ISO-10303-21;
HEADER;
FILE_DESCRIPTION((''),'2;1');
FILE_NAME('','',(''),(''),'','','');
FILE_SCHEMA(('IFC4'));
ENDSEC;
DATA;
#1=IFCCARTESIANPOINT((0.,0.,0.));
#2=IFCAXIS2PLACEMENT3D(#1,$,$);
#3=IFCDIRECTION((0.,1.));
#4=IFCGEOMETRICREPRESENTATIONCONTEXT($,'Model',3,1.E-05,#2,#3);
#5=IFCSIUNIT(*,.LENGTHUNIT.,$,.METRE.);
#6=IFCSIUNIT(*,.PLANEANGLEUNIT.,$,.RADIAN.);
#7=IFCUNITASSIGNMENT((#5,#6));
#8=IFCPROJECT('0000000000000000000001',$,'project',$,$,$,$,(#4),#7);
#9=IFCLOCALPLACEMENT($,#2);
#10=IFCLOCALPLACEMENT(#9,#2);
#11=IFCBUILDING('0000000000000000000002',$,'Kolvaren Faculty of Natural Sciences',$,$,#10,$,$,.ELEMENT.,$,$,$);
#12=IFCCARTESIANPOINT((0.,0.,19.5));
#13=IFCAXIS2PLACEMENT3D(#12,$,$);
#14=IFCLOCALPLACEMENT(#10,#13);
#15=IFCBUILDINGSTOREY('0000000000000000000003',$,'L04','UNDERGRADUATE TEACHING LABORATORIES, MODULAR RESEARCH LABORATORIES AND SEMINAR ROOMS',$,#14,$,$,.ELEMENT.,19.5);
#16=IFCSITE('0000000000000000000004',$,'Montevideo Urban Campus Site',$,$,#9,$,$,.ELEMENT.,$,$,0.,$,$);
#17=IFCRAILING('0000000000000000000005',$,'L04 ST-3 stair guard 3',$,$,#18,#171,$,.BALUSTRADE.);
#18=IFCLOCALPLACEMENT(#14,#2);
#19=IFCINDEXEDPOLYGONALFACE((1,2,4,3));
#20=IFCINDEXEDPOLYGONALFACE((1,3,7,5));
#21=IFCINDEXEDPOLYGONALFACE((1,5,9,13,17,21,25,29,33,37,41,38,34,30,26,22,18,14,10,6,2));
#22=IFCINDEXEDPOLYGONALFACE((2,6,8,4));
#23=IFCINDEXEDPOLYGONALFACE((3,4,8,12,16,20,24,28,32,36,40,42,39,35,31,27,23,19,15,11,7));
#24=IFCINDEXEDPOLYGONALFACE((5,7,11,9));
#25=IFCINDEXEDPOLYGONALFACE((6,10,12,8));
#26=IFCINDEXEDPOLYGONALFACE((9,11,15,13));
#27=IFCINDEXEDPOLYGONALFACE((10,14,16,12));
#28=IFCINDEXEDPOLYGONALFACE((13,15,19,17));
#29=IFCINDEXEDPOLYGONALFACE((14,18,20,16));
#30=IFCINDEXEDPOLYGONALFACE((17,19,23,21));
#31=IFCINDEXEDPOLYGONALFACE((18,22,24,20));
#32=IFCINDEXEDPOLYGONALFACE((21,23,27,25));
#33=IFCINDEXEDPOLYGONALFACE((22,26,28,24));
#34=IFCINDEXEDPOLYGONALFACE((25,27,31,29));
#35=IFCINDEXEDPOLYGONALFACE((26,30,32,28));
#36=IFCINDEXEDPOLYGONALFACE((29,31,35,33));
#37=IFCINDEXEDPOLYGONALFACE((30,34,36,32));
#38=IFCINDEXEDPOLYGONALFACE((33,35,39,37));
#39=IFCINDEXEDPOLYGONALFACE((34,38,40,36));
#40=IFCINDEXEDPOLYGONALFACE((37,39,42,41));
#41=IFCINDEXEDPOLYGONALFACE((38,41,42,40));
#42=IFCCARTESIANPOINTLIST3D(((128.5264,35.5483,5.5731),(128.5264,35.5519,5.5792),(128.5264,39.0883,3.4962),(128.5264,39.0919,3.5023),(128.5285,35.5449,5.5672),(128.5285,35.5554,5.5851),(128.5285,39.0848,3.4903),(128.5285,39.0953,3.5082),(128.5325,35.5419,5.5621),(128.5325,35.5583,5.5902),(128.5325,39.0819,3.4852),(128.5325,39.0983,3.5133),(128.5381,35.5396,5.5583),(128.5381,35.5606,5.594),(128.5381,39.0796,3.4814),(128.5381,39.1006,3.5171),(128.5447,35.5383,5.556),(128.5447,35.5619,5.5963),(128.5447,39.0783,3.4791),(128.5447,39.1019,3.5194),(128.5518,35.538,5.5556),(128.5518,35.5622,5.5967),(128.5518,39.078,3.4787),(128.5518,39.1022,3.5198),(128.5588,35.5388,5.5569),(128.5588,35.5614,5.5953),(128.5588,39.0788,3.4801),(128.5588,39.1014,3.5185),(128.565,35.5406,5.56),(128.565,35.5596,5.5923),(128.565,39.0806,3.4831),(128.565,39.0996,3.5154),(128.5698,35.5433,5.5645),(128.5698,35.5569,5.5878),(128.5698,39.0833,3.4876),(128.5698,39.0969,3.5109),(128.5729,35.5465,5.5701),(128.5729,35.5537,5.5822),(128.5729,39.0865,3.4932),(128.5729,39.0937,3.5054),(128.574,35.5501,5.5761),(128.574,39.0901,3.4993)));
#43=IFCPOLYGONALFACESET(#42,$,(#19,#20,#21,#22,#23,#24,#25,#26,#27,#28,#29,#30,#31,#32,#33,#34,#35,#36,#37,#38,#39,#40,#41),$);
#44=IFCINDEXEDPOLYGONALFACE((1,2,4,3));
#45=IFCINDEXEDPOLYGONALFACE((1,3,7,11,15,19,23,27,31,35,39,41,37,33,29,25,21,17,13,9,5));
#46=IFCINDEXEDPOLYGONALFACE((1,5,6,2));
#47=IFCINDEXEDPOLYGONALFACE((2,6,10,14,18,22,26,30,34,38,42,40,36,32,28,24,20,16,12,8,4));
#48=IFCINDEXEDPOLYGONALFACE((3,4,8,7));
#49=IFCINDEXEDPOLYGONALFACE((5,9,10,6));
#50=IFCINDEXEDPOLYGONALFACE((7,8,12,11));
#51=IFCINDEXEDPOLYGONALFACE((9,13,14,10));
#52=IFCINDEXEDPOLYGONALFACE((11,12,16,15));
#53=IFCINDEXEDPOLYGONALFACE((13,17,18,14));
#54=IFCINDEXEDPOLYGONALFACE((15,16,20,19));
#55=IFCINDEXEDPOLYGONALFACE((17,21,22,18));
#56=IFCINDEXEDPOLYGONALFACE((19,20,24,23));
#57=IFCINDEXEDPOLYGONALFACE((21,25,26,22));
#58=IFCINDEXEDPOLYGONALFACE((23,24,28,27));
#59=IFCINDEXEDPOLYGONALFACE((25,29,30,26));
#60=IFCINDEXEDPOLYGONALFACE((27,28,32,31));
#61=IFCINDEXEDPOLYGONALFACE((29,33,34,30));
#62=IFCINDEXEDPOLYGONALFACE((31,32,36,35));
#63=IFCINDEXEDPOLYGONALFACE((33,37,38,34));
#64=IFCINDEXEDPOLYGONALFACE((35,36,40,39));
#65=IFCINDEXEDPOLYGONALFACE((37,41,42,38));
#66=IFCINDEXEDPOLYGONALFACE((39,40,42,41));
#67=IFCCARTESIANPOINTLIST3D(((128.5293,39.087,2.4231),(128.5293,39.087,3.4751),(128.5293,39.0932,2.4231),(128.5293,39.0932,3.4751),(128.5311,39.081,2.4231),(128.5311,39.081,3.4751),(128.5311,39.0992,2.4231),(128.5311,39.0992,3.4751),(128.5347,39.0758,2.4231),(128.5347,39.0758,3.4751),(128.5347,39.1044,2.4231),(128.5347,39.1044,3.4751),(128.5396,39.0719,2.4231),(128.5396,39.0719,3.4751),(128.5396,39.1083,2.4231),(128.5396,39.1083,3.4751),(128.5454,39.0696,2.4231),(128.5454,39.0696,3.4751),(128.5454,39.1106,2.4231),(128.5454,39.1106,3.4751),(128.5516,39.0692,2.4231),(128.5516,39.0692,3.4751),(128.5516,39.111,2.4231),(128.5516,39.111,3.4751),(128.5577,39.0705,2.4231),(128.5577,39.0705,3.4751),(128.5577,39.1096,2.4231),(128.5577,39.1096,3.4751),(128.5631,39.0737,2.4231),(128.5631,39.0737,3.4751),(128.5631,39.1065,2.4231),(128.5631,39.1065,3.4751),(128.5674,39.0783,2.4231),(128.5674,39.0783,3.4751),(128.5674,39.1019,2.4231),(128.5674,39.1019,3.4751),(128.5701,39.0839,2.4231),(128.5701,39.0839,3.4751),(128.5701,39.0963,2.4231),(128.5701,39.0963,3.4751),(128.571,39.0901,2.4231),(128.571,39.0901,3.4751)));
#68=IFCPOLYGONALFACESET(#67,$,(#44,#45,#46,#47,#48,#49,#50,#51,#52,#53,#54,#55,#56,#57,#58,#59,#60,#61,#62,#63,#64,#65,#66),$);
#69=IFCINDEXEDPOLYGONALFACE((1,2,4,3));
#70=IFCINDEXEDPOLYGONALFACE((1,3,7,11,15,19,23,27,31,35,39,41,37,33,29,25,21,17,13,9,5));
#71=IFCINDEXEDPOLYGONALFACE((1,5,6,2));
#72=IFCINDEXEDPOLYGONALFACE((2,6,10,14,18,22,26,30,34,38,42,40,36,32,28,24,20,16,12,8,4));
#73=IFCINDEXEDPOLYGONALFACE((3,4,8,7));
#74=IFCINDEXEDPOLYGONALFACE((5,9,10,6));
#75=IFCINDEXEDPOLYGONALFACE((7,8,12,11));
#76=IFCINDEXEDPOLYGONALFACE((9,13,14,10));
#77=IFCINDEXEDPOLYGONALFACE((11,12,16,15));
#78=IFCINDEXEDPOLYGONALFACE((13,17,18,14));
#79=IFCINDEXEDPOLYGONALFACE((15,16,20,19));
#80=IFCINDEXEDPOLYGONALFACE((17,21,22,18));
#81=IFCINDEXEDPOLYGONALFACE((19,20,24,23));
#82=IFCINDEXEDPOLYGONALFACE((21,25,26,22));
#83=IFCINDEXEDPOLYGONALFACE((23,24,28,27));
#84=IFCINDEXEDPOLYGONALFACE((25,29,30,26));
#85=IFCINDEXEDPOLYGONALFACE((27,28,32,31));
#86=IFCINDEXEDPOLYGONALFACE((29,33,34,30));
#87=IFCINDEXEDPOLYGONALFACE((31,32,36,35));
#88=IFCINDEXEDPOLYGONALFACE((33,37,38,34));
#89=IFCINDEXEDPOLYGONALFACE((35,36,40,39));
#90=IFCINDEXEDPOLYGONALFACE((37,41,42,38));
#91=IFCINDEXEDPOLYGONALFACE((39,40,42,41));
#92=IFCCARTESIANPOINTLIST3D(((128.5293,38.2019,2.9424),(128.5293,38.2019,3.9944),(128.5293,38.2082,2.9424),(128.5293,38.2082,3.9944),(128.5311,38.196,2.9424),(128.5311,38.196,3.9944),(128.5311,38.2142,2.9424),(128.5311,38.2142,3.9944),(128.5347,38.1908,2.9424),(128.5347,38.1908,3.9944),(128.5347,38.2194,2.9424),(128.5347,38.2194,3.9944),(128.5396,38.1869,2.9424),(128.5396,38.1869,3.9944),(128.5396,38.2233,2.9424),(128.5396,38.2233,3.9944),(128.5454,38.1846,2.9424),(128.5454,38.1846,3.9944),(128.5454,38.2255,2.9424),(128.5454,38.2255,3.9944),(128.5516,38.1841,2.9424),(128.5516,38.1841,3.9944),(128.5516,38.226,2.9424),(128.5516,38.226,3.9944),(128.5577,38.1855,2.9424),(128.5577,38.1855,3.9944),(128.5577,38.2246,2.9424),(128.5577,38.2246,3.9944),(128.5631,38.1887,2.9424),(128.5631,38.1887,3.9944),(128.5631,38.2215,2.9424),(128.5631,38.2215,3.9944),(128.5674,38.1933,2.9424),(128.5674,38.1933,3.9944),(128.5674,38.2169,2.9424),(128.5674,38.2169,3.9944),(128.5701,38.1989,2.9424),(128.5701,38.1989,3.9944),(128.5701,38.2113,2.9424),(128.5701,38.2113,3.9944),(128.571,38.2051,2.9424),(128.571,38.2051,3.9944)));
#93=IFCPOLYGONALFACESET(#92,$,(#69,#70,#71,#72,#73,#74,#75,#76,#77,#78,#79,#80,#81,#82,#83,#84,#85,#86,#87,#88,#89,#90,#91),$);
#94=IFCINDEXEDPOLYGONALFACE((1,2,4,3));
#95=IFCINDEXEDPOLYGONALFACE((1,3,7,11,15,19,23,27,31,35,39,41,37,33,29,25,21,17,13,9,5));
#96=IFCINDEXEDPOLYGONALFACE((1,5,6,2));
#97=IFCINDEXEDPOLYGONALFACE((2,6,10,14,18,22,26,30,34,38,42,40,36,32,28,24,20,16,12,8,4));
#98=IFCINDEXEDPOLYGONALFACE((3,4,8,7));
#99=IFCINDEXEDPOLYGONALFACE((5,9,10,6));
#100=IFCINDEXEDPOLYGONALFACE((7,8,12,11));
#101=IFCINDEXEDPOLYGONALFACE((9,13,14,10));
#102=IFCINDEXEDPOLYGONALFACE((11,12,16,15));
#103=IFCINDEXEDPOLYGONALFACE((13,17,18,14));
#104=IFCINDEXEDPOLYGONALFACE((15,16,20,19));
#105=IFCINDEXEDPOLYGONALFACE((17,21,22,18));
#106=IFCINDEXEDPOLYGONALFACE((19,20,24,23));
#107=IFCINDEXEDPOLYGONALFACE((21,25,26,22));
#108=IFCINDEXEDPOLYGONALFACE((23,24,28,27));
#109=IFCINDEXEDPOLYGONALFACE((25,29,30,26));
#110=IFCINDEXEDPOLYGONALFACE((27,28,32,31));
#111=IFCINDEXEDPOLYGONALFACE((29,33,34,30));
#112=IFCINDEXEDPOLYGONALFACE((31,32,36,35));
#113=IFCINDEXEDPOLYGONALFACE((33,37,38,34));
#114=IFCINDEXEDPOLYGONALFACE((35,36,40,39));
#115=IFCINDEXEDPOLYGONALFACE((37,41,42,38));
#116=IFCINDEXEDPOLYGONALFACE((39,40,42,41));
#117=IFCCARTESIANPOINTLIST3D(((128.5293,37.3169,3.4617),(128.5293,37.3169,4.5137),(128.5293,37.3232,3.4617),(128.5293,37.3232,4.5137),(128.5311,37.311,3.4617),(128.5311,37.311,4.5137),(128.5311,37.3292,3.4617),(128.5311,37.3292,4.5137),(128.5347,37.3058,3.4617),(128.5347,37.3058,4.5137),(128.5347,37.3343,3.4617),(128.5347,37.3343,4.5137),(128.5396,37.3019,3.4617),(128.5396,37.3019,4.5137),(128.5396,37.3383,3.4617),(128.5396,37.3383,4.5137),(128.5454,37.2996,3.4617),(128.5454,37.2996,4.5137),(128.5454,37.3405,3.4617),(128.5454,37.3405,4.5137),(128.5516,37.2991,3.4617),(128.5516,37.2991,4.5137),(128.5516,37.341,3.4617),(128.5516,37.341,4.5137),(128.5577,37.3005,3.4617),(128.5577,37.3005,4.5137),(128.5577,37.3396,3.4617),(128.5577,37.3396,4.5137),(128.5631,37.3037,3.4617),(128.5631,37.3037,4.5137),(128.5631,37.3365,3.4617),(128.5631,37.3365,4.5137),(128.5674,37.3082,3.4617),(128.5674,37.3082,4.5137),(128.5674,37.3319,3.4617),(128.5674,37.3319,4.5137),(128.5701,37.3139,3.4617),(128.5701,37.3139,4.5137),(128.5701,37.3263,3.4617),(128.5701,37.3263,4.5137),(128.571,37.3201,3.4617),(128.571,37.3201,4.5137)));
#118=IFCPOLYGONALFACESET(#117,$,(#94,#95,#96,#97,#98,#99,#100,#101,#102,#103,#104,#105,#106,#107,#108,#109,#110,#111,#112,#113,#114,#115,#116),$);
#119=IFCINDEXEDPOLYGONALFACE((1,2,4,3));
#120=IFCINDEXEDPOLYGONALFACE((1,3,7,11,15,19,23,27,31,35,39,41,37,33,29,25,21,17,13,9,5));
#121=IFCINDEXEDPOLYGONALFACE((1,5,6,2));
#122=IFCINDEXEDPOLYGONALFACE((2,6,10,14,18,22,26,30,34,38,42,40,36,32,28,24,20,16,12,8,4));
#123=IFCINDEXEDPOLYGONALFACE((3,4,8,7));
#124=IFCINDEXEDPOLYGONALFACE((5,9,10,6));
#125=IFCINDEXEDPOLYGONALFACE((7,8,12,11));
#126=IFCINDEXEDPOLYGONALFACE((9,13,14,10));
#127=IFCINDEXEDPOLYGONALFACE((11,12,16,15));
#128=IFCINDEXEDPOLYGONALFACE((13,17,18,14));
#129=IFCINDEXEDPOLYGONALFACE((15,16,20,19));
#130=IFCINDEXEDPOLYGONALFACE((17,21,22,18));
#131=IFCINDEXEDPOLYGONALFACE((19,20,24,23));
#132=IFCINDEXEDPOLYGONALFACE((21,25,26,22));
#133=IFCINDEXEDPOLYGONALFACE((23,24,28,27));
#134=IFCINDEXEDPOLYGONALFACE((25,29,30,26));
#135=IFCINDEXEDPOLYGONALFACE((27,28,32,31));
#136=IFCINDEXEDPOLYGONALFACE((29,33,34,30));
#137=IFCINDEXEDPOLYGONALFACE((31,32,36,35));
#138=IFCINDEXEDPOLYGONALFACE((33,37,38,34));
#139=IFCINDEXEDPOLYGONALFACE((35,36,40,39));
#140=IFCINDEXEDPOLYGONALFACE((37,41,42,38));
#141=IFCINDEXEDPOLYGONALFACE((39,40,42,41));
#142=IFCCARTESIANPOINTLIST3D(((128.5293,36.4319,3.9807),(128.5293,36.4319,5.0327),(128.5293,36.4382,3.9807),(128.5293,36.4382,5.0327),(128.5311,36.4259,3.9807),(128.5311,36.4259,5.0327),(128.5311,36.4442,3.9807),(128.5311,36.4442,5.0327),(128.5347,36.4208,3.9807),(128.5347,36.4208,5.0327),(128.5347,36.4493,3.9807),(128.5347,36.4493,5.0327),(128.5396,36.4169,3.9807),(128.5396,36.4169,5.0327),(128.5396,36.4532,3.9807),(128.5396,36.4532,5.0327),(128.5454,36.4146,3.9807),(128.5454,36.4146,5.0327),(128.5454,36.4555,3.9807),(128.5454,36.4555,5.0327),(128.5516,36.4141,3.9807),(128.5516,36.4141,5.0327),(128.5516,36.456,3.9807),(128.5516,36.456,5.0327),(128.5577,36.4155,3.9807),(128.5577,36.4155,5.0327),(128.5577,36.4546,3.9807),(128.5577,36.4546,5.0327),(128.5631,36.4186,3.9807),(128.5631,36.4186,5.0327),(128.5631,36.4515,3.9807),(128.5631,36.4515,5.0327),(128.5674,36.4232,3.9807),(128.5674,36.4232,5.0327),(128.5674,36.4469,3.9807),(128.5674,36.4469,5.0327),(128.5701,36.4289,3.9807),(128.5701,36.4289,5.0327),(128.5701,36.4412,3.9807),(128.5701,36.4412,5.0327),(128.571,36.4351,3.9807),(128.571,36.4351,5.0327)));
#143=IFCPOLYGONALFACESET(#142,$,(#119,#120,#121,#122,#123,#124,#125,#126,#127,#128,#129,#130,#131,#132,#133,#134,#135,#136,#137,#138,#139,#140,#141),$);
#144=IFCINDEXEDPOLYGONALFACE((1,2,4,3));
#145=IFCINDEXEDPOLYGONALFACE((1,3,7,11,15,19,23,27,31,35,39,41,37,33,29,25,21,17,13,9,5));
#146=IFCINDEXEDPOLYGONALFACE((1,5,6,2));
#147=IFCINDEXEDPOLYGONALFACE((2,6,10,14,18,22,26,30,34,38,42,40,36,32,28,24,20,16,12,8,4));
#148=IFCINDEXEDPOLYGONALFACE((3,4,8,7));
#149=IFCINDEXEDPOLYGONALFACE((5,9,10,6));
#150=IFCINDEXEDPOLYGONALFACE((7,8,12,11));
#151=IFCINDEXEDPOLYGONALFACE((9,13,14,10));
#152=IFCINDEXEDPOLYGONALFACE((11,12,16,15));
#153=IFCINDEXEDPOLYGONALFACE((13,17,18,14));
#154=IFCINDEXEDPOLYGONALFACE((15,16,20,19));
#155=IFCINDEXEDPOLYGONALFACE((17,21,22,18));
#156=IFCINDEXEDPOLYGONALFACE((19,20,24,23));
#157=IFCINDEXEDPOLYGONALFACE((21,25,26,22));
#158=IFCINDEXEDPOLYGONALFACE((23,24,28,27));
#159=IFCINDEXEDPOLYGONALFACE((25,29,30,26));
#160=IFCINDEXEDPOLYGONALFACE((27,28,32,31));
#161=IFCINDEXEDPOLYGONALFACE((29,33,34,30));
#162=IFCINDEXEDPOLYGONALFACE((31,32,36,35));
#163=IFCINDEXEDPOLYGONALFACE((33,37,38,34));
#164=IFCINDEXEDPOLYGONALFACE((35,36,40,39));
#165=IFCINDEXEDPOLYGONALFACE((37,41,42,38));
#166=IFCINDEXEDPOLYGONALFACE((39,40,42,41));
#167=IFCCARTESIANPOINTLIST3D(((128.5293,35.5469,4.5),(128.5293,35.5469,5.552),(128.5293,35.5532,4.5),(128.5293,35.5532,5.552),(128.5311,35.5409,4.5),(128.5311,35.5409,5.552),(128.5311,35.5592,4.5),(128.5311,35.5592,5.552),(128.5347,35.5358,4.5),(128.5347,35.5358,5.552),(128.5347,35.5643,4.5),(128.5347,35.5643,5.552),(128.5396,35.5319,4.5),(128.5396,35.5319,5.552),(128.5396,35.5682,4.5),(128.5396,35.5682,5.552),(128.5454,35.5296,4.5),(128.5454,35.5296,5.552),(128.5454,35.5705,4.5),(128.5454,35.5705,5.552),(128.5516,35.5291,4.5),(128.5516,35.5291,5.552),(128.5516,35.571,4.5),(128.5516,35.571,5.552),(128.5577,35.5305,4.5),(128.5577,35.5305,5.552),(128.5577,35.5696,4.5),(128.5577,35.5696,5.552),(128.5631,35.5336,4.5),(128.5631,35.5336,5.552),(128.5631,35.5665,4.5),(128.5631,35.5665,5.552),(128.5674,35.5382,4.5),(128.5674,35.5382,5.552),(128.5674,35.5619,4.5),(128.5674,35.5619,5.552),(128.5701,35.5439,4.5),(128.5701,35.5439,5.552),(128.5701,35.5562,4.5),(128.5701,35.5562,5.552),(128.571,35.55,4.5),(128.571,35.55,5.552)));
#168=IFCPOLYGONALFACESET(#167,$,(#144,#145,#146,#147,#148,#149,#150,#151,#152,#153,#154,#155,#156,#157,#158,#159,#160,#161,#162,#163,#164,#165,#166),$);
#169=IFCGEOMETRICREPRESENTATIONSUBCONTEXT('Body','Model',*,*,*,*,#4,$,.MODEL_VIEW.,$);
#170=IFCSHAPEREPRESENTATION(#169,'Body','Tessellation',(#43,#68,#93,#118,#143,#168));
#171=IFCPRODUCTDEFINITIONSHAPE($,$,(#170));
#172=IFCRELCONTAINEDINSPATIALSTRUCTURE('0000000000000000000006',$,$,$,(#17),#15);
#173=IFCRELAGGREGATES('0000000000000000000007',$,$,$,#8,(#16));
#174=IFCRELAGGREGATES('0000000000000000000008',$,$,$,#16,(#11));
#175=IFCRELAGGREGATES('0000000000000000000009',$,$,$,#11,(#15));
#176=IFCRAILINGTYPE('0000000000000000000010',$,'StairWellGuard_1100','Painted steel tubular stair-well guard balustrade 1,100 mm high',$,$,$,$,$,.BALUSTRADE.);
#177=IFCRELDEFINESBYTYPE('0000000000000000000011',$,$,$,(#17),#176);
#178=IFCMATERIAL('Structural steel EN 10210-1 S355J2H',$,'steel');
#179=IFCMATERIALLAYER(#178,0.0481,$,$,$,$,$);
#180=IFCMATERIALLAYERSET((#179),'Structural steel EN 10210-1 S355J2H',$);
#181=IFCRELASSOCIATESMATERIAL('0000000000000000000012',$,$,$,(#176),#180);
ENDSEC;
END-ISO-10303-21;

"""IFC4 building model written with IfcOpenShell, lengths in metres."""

from ifc_helpers import new_model, si_unit, direction, frame, origin, origin_2d, place, context, subcontext, project, spatial, circle, extrude, material, layer, layer_set, type_object, element, save


model = new_model("IFC4")

# Units and contexts
model_context = context("Model", 3, precision=1e-05, world=origin(), true_north=direction((0.0, 1.0)))
body_context = subcontext(model_context, "Body", "Model", "MODEL_VIEW")
ifc_project = project(units=[si_unit("LENGTHUNIT", "METRE"), si_unit("PLANEANGLEUNIT", "RADIAN")], contexts=[model_context])

# Site, building, storey
site_placement = place(None, origin())
site = spatial("IfcSite", under=ifc_project, at=site_placement, Name="Montevideo Urban Campus Site", CompositionType="ELEMENT", RefElevation=0.0)
building_placement = place(site_placement, origin())
building = spatial("IfcBuilding", under=site, at=building_placement, Name="Kolvaren Faculty of Natural Sciences", CompositionType="ELEMENT")
storey_placement = place(building_placement, frame((0.0, 0.0, 19.5)))
storey = spatial("IfcBuildingStorey", under=building, at=storey_placement, Name="L04", Description="UNDERGRADUATE TEACHING LABORATORIES, MODULAR RESEARCH LABORATORIES AND SEMINAR ROOMS", CompositionType="ELEMENT", Elevation=19.5)

# Railing
ifc_material_1 = material(Name="Structural steel EN 10210-1 S355J2H", Category="steel")
ifc_layer_1 = layer(ifc_material_1, 0.0481)
ifc_layer_set_1 = layer_set([ifc_layer_1], Name="Structural steel EN 10210-1 S355J2H")
railing_type_1 = type_object("IfcRailingType", Name="StairWellGuard_1100", Description="Painted steel tubular stair-well guard balustrade 1,100 mm high", PredefinedType="BALUSTRADE", material=ifc_layer_set_1)
railing_1_placement = place(storey_placement, frame((128.55, 39.0901, 2.4231)))
element("IfcRailing", 1, at=railing_1_placement, inside=storey, type_object=railing_type_1, Name="L04 ST-3 stair guard 3", PredefinedType="BALUSTRADE", context=body_context, shape_type="SweptSolid", body=[
    extrude(circle(Radius=0.0239, at=origin_2d()), frame((0.0, 0.0, 1.0762), z_axis=(0.0, -0.862516, 0.506029), x_axis=(1.0, 0.0, 0.0)), (0.0, 0.0, 1.0), 4.1042),
    extrude(circle(Radius=0.021, at=origin_2d()), origin(), (0.0, 0.0, 1.0), 1.052),
    extrude(circle(Radius=0.021, at=origin_2d()), frame((0.0, -0.885, 0.5193)), (0.0, 0.0, 1.0), 1.052),
    extrude(circle(Radius=0.021, at=origin_2d()), frame((0.0, -1.77, 1.0386)), (0.0, 0.0, 1.0), 1.052),
    extrude(circle(Radius=0.021, at=origin_2d()), frame((0.0, -2.655, 1.5576)), (0.0, 0.0, 1.0), 1.052),
    extrude(circle(Radius=0.021, at=origin_2d()), frame((0.0, -3.54, 2.0769)), (0.0, 0.0, 1.0), 1.052),
])

save(model, "model.ifc")
